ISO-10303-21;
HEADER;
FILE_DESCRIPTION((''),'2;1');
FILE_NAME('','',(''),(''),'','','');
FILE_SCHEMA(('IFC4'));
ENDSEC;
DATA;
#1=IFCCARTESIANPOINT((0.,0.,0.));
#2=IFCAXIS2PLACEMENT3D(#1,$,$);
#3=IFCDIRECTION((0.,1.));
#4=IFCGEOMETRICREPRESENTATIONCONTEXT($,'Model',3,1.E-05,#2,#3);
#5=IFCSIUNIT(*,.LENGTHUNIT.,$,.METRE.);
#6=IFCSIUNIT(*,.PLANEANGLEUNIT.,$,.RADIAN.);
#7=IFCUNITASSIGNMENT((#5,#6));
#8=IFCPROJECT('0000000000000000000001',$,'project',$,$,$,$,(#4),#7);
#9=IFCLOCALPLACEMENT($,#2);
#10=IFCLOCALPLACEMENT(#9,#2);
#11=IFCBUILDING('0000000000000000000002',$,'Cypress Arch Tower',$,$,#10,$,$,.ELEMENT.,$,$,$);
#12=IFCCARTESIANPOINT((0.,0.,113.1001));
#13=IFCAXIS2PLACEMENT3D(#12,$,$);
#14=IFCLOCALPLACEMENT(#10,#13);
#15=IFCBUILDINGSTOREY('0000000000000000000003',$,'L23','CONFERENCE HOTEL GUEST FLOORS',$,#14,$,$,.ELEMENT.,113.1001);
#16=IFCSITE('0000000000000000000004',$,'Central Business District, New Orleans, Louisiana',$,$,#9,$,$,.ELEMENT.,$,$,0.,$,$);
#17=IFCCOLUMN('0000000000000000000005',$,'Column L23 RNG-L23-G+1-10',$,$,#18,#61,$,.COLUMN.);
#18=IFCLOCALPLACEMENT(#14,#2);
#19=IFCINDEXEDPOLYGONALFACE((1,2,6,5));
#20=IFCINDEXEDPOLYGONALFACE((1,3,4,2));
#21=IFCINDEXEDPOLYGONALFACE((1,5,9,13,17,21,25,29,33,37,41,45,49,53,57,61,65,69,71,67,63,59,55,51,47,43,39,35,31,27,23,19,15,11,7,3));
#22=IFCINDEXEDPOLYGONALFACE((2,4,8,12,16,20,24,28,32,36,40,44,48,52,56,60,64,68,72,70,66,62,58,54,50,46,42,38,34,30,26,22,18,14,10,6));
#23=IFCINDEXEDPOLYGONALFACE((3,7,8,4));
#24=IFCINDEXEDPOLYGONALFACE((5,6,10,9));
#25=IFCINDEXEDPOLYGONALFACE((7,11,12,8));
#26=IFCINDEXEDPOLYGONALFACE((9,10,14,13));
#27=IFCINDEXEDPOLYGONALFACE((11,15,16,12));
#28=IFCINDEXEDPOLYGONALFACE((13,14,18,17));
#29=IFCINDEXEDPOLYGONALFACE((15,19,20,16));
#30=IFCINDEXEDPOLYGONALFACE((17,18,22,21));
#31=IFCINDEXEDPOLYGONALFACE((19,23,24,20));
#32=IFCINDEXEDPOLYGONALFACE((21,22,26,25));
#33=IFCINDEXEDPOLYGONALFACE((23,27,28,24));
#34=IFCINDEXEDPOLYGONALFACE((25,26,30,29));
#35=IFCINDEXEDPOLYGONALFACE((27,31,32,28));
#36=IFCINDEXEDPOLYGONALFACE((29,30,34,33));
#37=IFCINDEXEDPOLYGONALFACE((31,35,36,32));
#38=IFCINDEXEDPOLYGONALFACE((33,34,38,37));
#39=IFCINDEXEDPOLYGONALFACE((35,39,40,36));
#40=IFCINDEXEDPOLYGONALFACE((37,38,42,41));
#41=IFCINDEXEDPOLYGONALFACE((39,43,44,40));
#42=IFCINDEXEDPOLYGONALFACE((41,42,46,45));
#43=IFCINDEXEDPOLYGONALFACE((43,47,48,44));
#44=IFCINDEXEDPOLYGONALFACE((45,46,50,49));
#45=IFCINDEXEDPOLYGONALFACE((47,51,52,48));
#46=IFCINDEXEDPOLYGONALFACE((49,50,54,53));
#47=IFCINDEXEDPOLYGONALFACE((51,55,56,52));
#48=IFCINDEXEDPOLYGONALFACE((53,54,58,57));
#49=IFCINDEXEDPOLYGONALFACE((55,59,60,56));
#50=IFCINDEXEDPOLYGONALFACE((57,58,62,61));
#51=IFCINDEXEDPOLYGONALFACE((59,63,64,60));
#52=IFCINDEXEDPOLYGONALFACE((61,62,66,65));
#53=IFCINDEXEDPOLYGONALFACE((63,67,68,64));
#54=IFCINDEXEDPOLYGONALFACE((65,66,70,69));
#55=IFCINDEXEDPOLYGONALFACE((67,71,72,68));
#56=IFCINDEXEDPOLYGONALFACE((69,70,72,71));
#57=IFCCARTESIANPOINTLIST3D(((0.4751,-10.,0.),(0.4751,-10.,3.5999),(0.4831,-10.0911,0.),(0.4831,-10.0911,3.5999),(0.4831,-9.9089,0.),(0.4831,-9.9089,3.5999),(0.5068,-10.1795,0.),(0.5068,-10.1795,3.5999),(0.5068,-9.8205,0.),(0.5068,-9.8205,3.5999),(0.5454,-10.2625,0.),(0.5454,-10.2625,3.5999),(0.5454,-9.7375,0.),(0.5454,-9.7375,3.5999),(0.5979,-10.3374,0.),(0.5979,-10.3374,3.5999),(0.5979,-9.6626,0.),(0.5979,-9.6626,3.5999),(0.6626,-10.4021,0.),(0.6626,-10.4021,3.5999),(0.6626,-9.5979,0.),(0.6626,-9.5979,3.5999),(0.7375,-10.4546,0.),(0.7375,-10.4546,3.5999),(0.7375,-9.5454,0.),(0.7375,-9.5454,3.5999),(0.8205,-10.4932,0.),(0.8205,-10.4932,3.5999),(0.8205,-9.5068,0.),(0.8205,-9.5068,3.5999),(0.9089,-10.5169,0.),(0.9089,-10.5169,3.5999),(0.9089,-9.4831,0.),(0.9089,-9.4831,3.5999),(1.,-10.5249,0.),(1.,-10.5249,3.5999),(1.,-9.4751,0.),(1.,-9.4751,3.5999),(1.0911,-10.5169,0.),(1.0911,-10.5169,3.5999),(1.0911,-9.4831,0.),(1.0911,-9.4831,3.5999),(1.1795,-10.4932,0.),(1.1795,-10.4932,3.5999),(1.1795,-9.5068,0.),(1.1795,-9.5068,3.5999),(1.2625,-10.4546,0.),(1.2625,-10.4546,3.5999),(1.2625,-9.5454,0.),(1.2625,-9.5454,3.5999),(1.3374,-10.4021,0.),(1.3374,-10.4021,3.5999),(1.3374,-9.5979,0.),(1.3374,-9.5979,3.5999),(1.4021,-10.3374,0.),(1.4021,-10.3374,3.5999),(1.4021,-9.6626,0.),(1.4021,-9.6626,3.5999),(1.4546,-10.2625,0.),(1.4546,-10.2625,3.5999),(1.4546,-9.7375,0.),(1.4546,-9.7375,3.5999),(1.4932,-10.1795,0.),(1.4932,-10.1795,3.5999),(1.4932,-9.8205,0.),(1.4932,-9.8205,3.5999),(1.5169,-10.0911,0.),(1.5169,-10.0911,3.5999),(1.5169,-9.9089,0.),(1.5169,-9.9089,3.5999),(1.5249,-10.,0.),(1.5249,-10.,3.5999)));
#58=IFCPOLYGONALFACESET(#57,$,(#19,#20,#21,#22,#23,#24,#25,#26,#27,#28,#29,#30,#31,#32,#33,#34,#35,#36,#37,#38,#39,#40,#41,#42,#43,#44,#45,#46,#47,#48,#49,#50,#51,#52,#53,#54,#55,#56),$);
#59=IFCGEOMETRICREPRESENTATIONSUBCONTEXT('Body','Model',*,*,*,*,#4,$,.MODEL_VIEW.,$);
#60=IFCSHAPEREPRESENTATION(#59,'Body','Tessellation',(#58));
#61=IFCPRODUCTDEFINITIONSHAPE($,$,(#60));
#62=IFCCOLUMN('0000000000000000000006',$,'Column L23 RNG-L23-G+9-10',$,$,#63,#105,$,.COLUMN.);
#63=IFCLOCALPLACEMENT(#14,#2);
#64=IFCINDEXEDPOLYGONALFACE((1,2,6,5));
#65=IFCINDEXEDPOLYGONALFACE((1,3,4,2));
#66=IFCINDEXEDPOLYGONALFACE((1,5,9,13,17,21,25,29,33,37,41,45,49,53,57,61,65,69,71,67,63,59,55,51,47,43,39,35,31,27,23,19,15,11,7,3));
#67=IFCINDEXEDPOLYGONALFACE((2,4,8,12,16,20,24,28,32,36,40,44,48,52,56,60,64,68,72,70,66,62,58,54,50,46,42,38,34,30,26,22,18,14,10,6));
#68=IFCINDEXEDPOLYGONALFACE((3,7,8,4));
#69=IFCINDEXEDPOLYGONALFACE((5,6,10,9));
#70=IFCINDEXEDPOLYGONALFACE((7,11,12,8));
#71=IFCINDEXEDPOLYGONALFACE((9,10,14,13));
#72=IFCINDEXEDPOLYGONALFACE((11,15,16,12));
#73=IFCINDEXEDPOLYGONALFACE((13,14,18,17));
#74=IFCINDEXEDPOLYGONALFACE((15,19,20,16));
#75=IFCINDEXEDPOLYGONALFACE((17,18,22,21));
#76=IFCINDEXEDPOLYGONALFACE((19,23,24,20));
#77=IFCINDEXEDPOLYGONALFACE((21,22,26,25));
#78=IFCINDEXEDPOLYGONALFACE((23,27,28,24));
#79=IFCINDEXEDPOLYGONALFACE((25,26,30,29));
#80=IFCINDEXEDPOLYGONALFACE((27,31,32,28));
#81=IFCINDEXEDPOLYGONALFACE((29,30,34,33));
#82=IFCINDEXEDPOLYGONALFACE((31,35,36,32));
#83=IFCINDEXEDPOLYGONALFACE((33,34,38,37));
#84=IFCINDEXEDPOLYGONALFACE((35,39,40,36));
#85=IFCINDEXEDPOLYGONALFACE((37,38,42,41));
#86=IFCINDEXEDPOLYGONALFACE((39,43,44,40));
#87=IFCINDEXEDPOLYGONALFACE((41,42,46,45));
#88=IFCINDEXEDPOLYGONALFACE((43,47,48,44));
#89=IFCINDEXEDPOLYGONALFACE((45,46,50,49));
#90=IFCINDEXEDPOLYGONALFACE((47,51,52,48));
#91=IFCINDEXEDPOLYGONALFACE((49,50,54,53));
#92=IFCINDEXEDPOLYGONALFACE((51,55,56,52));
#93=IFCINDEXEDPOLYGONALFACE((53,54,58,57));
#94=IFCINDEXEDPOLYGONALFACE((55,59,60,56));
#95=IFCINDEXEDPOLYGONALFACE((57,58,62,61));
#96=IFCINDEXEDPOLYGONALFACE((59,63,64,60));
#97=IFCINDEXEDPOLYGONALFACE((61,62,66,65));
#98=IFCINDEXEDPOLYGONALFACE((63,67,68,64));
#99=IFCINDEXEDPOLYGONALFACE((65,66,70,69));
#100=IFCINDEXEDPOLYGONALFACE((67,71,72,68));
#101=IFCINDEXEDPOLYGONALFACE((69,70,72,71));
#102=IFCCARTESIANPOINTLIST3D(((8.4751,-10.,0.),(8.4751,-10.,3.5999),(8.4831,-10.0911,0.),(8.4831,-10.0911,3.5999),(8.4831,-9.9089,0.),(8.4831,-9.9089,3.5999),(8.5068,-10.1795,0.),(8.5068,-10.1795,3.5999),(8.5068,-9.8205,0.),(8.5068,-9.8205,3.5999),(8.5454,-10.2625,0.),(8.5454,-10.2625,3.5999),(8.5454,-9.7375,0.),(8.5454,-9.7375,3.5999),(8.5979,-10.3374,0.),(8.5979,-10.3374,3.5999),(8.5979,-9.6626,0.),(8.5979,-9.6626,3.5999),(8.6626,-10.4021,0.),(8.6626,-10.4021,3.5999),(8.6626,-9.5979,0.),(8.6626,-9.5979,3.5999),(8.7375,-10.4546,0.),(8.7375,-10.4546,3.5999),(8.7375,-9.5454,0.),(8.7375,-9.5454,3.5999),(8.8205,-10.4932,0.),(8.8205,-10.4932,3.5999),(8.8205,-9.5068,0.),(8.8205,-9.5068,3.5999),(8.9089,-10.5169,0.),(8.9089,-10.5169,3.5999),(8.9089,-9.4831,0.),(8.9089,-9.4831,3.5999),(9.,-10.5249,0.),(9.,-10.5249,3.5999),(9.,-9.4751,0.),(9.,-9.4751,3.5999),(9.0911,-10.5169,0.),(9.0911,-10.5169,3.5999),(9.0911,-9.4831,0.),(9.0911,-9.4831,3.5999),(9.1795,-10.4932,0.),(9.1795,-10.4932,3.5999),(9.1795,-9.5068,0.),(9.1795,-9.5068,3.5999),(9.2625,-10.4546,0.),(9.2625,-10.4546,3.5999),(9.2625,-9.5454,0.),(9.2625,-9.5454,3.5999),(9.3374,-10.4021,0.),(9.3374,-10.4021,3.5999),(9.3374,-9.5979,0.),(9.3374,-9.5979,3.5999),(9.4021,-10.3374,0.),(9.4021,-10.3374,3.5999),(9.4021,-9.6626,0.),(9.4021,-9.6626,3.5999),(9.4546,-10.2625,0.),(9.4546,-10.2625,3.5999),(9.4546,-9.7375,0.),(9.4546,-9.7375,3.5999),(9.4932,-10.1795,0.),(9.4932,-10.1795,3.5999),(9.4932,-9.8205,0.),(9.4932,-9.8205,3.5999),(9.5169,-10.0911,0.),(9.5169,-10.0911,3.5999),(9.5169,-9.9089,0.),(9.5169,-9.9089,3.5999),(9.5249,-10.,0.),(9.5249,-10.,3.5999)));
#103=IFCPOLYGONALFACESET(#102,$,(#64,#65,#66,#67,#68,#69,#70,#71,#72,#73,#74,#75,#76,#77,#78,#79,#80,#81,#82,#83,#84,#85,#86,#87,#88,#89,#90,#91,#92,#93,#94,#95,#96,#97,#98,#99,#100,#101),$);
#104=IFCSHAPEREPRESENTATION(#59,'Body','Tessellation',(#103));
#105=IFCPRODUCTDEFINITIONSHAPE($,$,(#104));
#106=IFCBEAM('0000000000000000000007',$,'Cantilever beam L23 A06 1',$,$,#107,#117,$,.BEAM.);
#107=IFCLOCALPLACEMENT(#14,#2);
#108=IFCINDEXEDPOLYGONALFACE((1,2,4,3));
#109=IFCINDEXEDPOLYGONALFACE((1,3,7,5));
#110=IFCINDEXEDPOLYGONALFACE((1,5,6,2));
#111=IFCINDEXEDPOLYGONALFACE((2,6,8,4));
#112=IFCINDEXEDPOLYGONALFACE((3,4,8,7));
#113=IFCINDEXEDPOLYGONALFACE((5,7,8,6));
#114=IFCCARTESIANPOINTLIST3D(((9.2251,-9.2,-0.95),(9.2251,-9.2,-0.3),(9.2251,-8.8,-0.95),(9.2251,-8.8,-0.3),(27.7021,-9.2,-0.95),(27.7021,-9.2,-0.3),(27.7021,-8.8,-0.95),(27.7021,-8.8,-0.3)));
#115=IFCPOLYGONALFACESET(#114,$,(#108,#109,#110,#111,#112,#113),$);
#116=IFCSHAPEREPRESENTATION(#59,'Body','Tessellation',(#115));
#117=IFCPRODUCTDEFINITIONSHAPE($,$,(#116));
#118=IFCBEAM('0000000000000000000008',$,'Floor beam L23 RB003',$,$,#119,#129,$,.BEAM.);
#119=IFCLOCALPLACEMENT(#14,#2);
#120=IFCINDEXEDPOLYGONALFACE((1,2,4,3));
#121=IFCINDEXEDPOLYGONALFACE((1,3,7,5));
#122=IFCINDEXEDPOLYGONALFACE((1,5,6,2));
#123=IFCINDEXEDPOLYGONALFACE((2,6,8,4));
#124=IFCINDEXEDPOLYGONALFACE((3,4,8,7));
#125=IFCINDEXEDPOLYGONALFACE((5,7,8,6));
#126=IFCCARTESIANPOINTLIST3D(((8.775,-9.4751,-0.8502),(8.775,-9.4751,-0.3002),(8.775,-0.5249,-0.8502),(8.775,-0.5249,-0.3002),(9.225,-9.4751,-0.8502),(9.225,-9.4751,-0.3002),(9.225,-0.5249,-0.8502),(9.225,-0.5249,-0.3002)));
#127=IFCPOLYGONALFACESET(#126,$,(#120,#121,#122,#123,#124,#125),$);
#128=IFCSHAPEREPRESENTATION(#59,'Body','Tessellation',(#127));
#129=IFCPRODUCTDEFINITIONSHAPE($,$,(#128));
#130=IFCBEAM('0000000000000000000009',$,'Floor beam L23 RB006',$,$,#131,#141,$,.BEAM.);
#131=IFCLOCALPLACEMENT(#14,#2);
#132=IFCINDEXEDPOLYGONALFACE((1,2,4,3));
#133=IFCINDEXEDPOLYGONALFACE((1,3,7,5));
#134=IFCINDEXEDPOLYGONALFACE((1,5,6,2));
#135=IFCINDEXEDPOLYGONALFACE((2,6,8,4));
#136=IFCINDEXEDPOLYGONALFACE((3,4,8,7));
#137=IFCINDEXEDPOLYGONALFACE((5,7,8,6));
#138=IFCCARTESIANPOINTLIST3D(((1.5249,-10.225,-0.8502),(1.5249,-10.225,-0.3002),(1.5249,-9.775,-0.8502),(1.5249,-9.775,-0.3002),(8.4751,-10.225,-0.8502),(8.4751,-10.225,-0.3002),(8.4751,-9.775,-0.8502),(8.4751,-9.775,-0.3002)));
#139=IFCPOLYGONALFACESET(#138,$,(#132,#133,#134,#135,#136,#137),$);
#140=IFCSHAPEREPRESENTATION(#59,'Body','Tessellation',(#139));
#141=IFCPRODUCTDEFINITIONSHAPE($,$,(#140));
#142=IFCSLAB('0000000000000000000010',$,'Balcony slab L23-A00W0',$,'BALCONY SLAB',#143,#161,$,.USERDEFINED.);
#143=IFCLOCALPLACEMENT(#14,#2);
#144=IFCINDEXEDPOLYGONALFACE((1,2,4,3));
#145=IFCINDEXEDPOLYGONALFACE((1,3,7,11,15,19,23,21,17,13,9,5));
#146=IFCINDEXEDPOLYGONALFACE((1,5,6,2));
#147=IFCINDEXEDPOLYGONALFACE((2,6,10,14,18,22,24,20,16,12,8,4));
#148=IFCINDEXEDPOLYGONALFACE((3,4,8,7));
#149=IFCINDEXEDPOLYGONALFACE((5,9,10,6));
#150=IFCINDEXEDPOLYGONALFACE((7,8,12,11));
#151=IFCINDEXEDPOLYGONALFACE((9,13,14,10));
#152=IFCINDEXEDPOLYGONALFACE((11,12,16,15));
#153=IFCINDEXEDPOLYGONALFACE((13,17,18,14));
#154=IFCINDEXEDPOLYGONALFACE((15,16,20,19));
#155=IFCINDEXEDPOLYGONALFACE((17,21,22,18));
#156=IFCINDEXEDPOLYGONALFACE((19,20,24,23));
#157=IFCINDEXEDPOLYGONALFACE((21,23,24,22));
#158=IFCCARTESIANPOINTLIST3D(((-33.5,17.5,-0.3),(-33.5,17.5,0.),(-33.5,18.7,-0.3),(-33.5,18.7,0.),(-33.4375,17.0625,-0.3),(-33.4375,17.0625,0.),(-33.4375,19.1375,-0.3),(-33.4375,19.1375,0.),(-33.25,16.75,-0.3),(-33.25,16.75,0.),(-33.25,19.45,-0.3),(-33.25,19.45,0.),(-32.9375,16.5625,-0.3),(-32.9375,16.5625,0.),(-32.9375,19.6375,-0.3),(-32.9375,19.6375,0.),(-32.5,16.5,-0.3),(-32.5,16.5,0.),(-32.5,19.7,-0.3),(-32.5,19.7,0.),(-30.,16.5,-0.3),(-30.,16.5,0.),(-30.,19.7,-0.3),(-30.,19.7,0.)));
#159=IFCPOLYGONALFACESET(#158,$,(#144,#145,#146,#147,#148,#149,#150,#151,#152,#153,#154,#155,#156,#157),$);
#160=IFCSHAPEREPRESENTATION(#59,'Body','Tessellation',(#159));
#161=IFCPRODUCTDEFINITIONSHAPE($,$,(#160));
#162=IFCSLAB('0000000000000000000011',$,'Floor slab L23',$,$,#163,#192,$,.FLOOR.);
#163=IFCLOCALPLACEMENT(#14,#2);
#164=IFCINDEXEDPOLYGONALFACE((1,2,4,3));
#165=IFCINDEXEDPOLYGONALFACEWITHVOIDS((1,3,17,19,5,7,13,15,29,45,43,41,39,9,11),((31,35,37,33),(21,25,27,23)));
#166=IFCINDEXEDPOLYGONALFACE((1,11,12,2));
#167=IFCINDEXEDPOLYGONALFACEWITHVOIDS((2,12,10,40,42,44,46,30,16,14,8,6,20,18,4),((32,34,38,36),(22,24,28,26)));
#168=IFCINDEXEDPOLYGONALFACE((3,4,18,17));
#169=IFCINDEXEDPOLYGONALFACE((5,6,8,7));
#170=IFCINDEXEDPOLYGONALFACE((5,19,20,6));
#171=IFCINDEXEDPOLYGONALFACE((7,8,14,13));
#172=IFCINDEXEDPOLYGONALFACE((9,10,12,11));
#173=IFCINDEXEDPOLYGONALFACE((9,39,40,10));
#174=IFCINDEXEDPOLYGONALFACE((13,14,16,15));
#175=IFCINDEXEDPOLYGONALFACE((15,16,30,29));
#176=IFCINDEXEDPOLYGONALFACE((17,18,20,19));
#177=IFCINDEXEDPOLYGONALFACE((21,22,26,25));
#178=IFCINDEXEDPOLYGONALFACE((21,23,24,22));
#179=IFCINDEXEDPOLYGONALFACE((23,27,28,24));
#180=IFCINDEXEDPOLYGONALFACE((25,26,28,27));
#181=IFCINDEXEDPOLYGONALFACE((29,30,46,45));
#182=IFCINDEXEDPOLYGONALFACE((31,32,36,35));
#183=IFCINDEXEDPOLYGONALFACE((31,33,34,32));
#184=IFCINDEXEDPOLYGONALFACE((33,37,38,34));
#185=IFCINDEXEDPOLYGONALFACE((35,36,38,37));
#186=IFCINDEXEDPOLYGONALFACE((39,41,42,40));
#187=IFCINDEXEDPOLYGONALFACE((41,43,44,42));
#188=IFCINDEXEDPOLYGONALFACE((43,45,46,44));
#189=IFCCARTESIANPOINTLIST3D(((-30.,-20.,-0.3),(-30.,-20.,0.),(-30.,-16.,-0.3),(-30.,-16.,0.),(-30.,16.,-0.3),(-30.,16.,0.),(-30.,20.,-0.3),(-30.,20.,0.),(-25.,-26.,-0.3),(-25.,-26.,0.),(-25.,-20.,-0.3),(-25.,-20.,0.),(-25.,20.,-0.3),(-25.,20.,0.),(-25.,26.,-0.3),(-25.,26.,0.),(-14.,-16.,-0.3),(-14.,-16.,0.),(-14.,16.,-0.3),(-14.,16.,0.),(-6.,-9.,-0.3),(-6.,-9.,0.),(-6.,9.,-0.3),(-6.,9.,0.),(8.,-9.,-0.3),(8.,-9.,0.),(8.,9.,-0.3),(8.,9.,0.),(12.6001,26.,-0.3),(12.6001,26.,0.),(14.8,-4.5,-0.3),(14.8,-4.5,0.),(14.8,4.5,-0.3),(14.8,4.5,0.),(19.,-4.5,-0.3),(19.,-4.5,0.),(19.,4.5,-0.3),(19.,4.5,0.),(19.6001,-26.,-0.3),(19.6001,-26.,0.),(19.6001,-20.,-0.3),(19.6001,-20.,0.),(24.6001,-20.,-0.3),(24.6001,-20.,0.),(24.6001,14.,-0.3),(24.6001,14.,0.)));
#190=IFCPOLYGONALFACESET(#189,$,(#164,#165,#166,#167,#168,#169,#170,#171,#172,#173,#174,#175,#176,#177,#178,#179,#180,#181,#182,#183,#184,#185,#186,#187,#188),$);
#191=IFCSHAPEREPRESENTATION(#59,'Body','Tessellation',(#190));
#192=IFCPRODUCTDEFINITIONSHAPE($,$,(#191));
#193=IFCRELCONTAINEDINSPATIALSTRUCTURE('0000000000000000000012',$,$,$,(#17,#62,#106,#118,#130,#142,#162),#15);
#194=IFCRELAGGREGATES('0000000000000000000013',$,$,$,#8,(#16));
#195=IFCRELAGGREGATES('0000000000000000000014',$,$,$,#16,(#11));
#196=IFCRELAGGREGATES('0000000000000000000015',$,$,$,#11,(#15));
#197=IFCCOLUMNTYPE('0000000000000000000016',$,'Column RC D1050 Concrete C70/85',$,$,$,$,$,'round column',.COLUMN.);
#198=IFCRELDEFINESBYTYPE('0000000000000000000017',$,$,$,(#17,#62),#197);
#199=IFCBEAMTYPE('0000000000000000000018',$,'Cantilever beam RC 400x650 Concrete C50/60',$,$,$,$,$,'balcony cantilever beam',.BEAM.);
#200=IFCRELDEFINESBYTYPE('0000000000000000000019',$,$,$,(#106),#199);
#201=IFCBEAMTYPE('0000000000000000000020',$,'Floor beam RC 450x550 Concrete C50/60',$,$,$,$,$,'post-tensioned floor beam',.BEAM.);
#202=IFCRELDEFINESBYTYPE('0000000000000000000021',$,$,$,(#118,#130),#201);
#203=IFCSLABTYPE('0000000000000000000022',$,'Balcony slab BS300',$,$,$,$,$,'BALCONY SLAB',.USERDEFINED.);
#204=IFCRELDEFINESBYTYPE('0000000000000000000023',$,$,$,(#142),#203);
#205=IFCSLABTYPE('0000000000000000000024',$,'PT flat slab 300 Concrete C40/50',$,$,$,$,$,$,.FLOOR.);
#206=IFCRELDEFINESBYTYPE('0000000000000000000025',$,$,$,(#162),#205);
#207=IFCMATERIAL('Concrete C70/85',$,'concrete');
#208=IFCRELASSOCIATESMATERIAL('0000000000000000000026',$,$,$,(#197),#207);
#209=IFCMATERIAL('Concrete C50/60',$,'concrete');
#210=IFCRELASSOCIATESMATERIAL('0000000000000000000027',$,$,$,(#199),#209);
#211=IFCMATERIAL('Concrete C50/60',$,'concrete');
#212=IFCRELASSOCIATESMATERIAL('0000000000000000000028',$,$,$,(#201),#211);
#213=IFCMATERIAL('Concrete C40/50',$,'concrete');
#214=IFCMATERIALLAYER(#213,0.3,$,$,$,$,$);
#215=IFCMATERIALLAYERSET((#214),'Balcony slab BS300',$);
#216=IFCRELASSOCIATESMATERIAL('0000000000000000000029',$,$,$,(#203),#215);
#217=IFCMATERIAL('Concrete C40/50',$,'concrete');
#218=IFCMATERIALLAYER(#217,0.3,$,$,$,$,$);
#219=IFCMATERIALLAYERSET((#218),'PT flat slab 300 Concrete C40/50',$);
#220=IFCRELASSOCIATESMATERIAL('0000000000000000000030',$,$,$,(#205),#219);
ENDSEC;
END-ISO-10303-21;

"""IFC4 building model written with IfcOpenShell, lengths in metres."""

from ifc_helpers import new_model, si_unit, direction, frame, origin, origin_2d, place, context, subcontext, project, spatial, polyline, rectangle, circle, outline, extrude, material, layer, layer_set, material_profile, profile_set, type_object, element, save


model = new_model("IFC4")

# Units and contexts
model_context = context("Model", 3, precision=1e-05, world=origin(), true_north=direction((0.0, 1.0)))
body_context = subcontext(model_context, "Body", "Model", "MODEL_VIEW")
ifc_project = project(units=[si_unit("LENGTHUNIT", "METRE"), si_unit("PLANEANGLEUNIT", "RADIAN")], contexts=[model_context])

# Site, building, storey
site_placement = place(None, origin())
site = spatial("IfcSite", under=ifc_project, at=site_placement, Name="Central Business District, New Orleans, Louisiana", CompositionType="ELEMENT", RefElevation=0.0)
building_placement = place(site_placement, origin())
building = spatial("IfcBuilding", under=site, at=building_placement, Name="Cypress Arch Tower", CompositionType="ELEMENT")
storey_placement = place(building_placement, frame((0.0, 0.0, 113.1001)))
storey = spatial("IfcBuildingStorey", under=building, at=storey_placement, Name="L23", Description="CONFERENCE HOTEL GUEST FLOORS", CompositionType="ELEMENT", Elevation=113.1001)

# Columns
ifc_material_1 = material(Name="Concrete C70/85", Category="concrete")
ifc_material_profile_1 = material_profile(ifc_material_1, circle(Radius=0.5249, at=origin_2d()), Name="RC D1050")
ifc_profile_set_1 = profile_set([ifc_material_profile_1], Name="Concrete C70/85")
column_type = type_object("IfcColumnType", Name="Column RC D1050 Concrete C70/85", ElementType="round column", PredefinedType="COLUMN", material=ifc_profile_set_1)
for number, where, z_axis, x_axis, name in (
    (1, (1.0, -10.0, 0.0), (0.0, 0.0, 1.0), (1.0, 0.0, 0.0), "Column L23 RNG-L23-G+1-10"),
    (2, (9.0, -10.0, 0.0), (0.0, 0.0, 1.0), (1.0, 0.0, 0.0), "Column L23 RNG-L23-G+9-10"),
):
    element("IfcColumn", number, at=place(storey_placement, frame(where, z_axis=z_axis, x_axis=x_axis)), inside=storey, type_object=column_type, Name=name, PredefinedType="COLUMN", context=body_context, shape_type="SweptSolid", body=[
        extrude(circle(Radius=0.5249, at=origin_2d()), origin(), (0.0, 0.0, 1.0), 3.5999),
    ])

# Beams
ifc_material_2 = material(Name="Concrete C50/60", Category="concrete")
ifc_material_profile_2 = material_profile(ifc_material_2, rectangle(XDim=0.3999, YDim=0.6499, at=origin_2d()), Name="RC 400x650")
ifc_profile_set_2 = profile_set([ifc_material_profile_2], Name="Concrete C50/60")
beam_type_1 = type_object("IfcBeamType", Name="Cantilever beam RC 400x650 Concrete C50/60", ElementType="balcony cantilever beam", PredefinedType="BEAM", material=ifc_profile_set_2)
beam_1_placement = place(storey_placement, frame((9.2251, -9.0, -0.625), z_axis=(1.0, 0.0, 0.0), x_axis=(0.0, 1.0, 0.0)))
element("IfcBeam", 3, at=beam_1_placement, inside=storey, type_object=beam_type_1, Name="Cantilever beam L23 A06 1", PredefinedType="BEAM", context=body_context, shape_type="SweptSolid", body=[
    extrude(rectangle(XDim=0.3999, YDim=0.6499, at=origin_2d()), origin(), (0.0, 0.0, 1.0), 18.4771),
])
ifc_material_3 = material(Name="Concrete C50/60", Category="concrete")
ifc_material_profile_3 = material_profile(ifc_material_3, rectangle(XDim=0.45, YDim=0.55, at=origin_2d()), Name="RC 450x550")
ifc_profile_set_3 = profile_set([ifc_material_profile_3], Name="Concrete C50/60")
beam_type_2 = type_object("IfcBeamType", Name="Floor beam RC 450x550 Concrete C50/60", ElementType="post-tensioned floor beam", PredefinedType="BEAM", material=ifc_profile_set_3)
beam_2_placement = place(storey_placement, frame((9.0, -9.4751, -0.5752), z_axis=(0.0, 1.0, 0.0), x_axis=(-1.0, 0.0, 0.0)))
element("IfcBeam", 4, at=beam_2_placement, inside=storey, type_object=beam_type_2, Name="Floor beam L23 RB003", PredefinedType="BEAM", context=body_context, shape_type="SweptSolid", body=[
    extrude(rectangle(XDim=0.45, YDim=0.55, at=origin_2d()), origin(), (0.0, 0.0, 1.0), 8.9502),
])
beam_3_placement = place(storey_placement, frame((1.5249, -10.0, -0.5752), z_axis=(1.0, 0.0, 0.0), x_axis=(0.0, 1.0, 0.0)))
element("IfcBeam", 5, at=beam_3_placement, inside=storey, type_object=beam_type_2, Name="Floor beam L23 RB006", PredefinedType="BEAM", context=body_context, shape_type="SweptSolid", body=[
    extrude(rectangle(XDim=0.45, YDim=0.55, at=origin_2d()), origin(), (0.0, 0.0, 1.0), 6.9502),
])

# Slabs
ifc_material_4 = material(Name="Concrete C40/50", Category="concrete")
ifc_layer_1 = layer(ifc_material_4, 0.3)
ifc_layer_set_1 = layer_set([ifc_layer_1], Name="Balcony slab BS300")
slab_type_1 = type_object("IfcSlabType", Name="Balcony slab BS300", ElementType="BALCONY SLAB", PredefinedType="USERDEFINED", material=ifc_layer_set_1)
slab_1_placement = place(storey_placement, frame((0.0, 0.0, -0.3)))
element("IfcSlab", 6, at=slab_1_placement, inside=storey, type_object=slab_type_1, Name="Balcony slab L23-A00W0", ObjectType="BALCONY SLAB", PredefinedType="USERDEFINED", context=body_context, shape_type="SweptSolid", body=[
    extrude(outline(polyline([(-30.0, 19.7), (-32.5, 19.7), (-32.9375, 19.6375), (-33.25, 19.45), (-33.4375, 19.1375), (-33.5, 18.7), (-33.5, 17.5), (-33.4375, 17.0625), (-33.25, 16.75), (-32.9375, 16.5625), (-32.5, 16.5), (-30.0, 16.5), (-30.0, 19.7)])), origin(), (0.0, 0.0, 1.0), 0.3),
])
ifc_material_5 = material(Name="Concrete C40/50", Category="concrete")
ifc_layer_2 = layer(ifc_material_5, 0.3)
ifc_layer_set_2 = layer_set([ifc_layer_2], Name="PT flat slab 300 Concrete C40/50")
slab_type_2 = type_object("IfcSlabType", Name="PT flat slab 300 Concrete C40/50", PredefinedType="FLOOR", material=ifc_layer_set_2)
slab_2_placement = place(storey_placement, frame((0.0, 0.0, -0.3)))
element("IfcSlab", 7, at=slab_2_placement, inside=storey, type_object=slab_type_2, Name="Floor slab L23", PredefinedType="FLOOR", context=body_context, shape_type="SweptSolid", body=[
    extrude(outline(polyline([(-30.0, 20.0), (-25.0, 20.0), (-25.0, 26.0), (12.6001, 26.0), (24.6001, 14.0), (24.6001, -20.0), (19.6001, -20.0), (19.6001, -26.0), (-25.0, -26.0), (-25.0, -20.0), (-30.0, -20.0), (-30.0, -16.0), (-14.0, -16.0), (-14.0, 16.0), (-30.0, 16.0), (-30.0, 20.0)]), holes=[polyline([(-6.0, -9.0), (8.0, -9.0), (8.0, 9.0), (-6.0, 9.0), (-6.0, -9.0)]), polyline([(14.8, -4.5), (19.0, -4.5), (19.0, 4.5), (14.8, 4.5), (14.8, -4.5)])]), origin(), (0.0, 0.0, 1.0), 0.3),
])

save(model, "model.ifc")
